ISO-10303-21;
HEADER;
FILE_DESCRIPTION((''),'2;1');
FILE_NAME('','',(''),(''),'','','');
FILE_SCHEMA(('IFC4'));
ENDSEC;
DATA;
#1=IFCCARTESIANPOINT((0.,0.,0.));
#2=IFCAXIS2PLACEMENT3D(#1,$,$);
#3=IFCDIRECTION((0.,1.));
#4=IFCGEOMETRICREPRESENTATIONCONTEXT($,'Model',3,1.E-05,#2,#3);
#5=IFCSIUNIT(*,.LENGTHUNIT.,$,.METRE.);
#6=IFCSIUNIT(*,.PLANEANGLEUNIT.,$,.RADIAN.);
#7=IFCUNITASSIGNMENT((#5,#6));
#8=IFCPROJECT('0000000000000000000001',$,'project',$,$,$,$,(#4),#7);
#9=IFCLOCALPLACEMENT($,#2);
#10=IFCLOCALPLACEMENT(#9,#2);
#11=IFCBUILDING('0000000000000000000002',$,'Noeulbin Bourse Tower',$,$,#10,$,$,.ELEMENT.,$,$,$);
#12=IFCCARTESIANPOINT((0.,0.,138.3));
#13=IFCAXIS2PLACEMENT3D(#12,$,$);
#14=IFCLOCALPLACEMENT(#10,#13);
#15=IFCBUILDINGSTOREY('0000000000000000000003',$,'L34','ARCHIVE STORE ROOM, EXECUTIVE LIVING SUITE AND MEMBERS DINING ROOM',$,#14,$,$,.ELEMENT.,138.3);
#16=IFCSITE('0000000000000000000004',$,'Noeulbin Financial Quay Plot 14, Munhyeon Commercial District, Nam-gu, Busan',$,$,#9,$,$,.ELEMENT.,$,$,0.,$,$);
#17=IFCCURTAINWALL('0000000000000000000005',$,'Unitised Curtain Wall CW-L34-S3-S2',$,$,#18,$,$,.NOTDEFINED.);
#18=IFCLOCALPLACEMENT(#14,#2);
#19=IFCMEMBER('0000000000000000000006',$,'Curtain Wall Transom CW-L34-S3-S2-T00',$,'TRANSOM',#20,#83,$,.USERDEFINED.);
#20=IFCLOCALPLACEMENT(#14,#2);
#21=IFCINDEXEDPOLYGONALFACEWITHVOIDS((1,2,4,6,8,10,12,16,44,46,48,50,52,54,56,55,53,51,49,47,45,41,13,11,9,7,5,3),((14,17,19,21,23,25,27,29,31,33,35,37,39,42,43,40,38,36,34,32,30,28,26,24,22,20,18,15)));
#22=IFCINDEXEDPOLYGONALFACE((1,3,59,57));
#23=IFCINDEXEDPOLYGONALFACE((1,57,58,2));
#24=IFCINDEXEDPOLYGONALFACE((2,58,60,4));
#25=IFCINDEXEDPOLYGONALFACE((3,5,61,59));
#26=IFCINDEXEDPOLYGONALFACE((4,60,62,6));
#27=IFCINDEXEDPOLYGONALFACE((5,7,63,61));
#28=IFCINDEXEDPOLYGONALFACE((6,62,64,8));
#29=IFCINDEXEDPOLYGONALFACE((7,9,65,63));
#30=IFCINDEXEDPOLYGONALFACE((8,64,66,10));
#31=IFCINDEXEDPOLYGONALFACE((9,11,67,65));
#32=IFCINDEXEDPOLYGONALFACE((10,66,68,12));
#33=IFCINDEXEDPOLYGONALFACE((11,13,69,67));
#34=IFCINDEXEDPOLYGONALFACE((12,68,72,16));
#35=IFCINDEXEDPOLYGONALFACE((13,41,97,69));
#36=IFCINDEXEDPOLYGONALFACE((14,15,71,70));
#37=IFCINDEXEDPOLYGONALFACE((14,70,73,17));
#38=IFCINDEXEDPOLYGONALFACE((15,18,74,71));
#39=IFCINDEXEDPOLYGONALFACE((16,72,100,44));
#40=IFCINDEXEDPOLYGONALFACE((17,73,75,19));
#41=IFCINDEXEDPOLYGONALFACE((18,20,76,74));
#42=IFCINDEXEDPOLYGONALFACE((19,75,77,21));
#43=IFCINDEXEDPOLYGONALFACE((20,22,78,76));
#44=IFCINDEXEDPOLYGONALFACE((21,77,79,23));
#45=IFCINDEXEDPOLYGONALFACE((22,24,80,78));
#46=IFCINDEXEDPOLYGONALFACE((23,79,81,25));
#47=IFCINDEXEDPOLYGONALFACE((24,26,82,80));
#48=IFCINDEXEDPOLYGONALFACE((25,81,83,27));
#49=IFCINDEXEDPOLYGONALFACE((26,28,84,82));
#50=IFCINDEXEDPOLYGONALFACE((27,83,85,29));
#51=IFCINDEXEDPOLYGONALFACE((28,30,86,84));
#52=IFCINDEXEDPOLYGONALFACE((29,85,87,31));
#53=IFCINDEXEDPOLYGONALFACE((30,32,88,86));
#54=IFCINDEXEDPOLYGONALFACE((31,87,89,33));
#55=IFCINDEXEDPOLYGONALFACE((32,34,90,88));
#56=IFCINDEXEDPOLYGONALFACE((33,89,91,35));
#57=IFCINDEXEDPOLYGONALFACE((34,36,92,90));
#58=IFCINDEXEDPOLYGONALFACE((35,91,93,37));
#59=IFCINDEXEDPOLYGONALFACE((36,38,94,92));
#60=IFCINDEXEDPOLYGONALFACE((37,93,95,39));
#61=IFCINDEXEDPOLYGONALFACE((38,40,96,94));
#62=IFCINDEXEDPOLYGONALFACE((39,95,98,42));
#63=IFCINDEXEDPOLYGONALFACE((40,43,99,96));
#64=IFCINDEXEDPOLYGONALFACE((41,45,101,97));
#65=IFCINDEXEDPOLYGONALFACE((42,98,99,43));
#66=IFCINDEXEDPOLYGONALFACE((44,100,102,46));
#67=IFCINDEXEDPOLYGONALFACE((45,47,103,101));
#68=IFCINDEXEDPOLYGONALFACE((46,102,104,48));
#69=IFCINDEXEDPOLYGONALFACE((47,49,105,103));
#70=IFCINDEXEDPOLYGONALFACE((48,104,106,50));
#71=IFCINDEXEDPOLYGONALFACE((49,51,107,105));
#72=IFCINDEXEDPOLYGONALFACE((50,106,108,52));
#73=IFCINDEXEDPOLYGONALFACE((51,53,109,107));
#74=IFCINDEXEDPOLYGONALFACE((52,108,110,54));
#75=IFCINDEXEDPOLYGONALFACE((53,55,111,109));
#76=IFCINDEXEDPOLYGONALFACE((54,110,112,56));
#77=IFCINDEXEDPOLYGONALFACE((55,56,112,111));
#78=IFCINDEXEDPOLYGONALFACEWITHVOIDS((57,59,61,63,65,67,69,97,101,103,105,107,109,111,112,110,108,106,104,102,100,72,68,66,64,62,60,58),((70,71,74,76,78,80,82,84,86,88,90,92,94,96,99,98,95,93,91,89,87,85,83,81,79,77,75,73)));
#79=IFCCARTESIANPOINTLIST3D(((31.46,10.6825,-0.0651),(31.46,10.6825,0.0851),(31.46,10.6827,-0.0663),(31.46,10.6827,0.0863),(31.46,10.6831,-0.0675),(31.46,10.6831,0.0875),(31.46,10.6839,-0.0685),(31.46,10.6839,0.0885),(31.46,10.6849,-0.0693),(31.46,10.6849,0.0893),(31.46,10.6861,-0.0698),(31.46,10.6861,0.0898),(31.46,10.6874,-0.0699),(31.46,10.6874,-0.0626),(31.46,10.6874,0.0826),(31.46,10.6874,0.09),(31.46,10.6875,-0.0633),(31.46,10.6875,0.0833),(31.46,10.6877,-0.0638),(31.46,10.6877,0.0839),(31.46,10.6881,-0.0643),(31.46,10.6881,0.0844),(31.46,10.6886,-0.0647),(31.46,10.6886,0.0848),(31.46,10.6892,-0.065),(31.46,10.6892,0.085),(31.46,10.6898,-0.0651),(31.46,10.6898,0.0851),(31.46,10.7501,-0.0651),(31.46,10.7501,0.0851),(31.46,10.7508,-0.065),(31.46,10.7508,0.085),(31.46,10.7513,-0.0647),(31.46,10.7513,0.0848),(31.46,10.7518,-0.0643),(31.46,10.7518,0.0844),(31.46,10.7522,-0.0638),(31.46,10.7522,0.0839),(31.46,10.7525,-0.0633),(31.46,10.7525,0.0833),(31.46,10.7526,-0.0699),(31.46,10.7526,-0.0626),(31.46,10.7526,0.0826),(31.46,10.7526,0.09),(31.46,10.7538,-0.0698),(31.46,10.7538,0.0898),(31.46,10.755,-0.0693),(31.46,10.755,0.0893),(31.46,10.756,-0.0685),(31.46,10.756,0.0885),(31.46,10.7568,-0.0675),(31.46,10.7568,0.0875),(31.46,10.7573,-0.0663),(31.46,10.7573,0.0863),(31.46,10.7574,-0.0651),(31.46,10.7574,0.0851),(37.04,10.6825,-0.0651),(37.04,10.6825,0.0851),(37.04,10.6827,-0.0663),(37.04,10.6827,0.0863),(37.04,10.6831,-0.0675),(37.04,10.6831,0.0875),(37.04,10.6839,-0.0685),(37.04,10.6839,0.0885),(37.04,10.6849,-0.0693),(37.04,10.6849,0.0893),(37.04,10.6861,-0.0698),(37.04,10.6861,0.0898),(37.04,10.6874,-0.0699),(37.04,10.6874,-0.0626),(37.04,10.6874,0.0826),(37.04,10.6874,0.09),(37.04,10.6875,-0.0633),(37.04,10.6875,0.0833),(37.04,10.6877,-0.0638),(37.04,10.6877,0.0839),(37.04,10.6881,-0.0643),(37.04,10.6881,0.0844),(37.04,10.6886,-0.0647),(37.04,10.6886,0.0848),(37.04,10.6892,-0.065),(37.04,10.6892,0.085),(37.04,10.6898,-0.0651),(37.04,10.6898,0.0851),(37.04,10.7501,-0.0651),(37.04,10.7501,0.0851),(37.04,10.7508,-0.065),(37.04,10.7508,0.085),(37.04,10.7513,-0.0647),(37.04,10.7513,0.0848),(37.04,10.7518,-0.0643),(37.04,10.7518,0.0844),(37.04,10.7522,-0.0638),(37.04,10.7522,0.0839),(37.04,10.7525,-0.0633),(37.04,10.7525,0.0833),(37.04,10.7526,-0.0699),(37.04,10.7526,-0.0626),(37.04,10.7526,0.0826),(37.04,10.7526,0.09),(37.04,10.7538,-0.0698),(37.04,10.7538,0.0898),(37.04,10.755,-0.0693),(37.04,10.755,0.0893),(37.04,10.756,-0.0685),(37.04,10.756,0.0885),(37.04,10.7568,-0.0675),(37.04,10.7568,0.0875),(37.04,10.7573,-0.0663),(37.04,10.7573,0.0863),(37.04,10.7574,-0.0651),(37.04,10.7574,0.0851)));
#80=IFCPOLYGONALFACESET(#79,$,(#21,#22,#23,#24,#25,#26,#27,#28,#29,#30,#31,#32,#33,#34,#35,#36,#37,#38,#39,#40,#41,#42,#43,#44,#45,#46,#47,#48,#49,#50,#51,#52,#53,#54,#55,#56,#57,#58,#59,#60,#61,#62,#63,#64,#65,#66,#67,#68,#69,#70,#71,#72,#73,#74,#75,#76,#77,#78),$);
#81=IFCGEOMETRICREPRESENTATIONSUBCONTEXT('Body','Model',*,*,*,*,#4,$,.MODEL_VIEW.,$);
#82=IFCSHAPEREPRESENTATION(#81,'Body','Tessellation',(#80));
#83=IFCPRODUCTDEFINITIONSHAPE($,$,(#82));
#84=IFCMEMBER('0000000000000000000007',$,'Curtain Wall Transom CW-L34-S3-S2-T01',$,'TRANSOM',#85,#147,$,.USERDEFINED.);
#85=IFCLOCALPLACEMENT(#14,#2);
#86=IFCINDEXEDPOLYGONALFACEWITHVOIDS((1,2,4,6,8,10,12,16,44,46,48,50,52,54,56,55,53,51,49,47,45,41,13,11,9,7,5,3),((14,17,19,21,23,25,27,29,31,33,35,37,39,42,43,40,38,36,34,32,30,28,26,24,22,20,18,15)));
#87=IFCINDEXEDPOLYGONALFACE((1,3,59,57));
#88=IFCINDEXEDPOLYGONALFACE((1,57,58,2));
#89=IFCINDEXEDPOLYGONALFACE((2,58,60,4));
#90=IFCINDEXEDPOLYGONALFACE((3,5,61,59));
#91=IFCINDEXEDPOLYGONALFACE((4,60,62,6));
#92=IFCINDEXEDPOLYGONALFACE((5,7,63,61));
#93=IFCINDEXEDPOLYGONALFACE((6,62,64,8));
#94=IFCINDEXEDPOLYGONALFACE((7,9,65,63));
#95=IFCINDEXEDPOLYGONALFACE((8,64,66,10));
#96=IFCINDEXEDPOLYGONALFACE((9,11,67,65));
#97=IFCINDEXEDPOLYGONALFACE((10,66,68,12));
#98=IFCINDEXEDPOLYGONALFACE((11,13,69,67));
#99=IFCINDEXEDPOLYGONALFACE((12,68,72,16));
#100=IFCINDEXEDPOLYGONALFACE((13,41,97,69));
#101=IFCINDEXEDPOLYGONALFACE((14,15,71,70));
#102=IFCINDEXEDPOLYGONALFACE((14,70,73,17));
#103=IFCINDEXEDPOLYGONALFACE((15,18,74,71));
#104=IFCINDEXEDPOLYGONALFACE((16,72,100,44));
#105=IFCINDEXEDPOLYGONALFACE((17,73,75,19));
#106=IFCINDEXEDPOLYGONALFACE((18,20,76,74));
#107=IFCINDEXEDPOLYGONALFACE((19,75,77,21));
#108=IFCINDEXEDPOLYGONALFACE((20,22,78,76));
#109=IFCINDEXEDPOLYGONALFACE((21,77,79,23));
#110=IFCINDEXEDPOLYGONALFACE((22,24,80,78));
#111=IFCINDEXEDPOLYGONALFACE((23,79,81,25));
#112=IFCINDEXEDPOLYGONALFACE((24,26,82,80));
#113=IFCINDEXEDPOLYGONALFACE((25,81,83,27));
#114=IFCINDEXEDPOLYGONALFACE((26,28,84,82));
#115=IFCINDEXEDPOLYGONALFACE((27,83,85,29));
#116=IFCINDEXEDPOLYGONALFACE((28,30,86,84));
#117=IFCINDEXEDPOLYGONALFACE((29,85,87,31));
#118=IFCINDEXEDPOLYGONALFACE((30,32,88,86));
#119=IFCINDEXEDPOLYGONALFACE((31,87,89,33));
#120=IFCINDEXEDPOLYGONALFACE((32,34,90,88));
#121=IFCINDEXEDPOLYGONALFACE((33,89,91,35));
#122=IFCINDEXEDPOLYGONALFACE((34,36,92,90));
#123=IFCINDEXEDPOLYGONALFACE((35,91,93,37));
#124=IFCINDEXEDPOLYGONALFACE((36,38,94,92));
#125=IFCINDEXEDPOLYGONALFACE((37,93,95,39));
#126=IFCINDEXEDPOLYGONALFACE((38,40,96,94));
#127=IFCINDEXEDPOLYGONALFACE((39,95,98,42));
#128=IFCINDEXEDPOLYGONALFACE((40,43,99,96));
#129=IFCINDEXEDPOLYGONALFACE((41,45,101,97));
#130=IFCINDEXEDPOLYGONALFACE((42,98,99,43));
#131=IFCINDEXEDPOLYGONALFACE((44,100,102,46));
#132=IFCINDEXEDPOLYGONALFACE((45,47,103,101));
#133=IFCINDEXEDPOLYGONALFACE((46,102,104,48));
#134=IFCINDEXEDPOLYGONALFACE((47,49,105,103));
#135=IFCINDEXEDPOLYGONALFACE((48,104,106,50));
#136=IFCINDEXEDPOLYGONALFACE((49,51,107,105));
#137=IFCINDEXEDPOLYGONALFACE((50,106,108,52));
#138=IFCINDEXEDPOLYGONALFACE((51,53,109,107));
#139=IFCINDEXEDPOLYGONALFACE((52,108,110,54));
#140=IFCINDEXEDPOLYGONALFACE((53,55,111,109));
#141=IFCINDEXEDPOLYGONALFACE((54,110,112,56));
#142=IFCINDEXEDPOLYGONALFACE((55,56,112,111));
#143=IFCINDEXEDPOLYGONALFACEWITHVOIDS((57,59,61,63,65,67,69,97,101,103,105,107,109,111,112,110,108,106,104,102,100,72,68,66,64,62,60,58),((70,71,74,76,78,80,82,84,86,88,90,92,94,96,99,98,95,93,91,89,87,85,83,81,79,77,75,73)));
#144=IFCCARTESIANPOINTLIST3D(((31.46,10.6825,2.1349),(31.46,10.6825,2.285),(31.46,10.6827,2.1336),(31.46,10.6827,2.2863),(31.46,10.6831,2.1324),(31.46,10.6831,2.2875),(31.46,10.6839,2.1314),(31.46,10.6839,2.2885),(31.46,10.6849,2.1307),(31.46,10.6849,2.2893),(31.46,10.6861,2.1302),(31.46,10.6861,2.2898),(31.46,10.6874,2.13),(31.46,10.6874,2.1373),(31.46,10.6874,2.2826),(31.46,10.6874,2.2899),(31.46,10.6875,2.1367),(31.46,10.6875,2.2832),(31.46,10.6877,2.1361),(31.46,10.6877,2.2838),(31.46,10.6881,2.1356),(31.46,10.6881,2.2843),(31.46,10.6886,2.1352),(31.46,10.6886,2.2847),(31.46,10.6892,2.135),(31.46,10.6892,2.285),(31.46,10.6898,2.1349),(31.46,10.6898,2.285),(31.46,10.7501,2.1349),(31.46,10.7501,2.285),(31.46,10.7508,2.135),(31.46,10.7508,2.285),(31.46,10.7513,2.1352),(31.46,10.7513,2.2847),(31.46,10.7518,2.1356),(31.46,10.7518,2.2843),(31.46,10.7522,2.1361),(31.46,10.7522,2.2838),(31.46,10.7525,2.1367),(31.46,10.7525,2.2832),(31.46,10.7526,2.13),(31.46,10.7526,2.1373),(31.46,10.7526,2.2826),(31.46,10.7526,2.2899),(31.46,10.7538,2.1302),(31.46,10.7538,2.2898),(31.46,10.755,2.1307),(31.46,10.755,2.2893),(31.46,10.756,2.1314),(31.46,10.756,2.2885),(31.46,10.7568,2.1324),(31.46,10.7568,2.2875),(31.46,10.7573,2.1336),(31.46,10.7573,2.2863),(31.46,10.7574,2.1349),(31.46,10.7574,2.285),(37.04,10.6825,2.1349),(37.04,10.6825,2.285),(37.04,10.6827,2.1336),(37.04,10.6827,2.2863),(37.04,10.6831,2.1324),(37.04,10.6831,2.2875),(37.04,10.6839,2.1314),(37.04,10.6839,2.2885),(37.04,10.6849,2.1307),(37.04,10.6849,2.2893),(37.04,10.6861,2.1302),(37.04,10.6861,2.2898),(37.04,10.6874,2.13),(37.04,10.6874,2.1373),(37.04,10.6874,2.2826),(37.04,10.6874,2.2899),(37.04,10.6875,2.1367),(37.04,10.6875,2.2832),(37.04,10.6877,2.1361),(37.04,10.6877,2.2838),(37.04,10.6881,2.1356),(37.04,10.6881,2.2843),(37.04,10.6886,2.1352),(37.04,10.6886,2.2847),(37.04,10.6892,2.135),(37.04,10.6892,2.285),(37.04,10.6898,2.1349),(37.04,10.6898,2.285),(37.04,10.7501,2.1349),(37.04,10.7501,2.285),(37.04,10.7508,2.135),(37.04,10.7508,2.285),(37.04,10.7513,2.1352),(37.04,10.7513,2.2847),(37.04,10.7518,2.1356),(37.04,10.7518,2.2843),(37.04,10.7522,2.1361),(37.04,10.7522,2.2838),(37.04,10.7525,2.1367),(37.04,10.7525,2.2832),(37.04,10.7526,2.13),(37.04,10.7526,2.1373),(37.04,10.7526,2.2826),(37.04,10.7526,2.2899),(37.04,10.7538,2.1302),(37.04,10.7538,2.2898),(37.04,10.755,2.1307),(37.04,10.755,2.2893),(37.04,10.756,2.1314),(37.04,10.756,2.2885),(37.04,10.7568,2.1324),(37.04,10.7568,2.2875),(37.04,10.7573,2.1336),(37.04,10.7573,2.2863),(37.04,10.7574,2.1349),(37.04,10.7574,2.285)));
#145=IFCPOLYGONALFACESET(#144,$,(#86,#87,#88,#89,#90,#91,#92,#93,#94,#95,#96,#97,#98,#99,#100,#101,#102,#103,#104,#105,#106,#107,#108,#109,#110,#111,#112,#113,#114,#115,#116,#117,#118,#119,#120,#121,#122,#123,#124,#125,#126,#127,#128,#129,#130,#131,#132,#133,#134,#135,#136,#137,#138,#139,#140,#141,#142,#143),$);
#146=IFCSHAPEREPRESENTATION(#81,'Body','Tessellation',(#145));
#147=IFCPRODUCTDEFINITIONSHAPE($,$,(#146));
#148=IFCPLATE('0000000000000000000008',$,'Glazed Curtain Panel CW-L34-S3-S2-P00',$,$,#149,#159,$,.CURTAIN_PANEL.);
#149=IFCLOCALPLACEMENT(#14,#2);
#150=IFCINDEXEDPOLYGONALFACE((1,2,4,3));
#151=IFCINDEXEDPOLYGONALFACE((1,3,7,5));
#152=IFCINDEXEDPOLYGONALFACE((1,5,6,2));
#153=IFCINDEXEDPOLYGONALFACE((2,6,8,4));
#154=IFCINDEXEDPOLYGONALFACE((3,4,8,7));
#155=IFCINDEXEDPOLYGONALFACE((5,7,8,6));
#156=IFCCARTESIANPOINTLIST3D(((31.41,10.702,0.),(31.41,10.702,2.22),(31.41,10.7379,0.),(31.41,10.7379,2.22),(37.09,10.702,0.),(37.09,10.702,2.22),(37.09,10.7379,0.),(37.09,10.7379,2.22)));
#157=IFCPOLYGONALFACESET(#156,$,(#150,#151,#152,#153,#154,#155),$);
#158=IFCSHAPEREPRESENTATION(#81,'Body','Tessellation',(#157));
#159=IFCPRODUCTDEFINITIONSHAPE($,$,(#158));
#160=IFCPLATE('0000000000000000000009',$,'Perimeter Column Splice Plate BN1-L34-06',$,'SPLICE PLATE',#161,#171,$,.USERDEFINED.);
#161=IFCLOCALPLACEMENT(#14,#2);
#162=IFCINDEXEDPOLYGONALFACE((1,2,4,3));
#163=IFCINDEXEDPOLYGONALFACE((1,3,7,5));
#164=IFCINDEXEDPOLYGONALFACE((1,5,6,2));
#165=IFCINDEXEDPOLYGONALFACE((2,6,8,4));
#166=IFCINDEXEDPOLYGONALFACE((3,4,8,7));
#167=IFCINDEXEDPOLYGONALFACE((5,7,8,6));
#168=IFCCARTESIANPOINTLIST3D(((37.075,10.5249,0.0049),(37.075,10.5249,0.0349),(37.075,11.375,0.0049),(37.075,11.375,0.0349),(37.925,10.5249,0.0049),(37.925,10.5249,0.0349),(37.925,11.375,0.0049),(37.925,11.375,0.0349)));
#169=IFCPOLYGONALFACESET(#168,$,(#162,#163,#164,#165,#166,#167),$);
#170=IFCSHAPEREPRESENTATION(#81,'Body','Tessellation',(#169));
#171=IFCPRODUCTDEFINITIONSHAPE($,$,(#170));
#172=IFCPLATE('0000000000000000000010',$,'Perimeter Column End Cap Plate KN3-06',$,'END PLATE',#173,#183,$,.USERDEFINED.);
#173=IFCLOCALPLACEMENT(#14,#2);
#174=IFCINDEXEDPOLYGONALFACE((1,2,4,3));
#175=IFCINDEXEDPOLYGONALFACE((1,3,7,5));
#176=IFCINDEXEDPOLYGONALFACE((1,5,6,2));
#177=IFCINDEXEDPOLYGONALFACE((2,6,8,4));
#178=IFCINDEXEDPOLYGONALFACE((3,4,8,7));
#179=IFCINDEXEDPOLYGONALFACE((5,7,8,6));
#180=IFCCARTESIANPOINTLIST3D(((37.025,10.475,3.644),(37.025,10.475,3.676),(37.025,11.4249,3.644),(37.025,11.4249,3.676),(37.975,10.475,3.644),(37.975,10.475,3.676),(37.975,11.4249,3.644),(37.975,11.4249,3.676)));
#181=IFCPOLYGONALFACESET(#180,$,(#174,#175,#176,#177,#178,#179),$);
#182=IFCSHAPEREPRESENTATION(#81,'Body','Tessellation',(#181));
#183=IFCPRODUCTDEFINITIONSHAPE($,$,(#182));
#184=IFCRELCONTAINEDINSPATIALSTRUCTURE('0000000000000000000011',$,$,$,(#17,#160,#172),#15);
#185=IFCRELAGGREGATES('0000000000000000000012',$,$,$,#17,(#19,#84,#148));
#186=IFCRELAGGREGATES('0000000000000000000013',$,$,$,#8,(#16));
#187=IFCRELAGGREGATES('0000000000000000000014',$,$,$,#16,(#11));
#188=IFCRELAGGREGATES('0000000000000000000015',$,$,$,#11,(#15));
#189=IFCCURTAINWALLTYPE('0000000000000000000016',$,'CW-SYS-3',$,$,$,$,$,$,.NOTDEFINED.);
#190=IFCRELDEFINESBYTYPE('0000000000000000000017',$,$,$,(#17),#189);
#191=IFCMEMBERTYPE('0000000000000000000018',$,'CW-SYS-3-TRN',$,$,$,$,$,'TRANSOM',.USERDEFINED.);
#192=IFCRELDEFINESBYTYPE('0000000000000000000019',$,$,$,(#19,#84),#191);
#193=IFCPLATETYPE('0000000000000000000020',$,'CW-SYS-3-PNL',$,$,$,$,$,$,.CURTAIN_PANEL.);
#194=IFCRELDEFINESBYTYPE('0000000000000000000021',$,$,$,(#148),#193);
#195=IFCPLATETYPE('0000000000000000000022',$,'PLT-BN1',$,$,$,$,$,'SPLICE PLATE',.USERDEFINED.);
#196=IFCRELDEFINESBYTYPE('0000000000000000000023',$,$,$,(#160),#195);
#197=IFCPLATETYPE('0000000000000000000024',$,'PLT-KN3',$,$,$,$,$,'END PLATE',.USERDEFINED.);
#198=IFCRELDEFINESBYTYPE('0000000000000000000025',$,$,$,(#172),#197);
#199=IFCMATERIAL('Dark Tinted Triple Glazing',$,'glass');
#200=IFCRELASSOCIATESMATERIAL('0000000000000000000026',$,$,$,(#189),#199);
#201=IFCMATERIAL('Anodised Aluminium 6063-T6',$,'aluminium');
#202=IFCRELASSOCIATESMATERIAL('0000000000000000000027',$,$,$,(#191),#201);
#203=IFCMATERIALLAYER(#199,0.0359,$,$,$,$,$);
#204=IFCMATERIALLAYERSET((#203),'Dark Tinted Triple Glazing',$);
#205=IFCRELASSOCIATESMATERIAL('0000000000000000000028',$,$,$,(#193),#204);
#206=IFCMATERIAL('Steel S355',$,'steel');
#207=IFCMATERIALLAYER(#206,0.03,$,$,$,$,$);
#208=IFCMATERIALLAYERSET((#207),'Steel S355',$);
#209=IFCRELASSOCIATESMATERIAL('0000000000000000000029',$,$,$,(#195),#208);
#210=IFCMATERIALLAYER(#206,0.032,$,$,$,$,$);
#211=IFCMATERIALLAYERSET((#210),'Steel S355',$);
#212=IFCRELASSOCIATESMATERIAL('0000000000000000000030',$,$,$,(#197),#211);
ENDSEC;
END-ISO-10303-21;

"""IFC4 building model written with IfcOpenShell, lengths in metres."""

from ifc_helpers import new_model, si_unit, direction, frame, origin, origin_2d, place, context, subcontext, project, spatial, rectangle, hollow_rectangle, extrude, material, layer, layer_set, material_profile, profile_set, type_object, element, aggregate, save


model = new_model("IFC4")

# Units and contexts
model_context = context("Model", 3, precision=1e-05, world=origin(), true_north=direction((0.0, 1.0)))
body_context = subcontext(model_context, "Body", "Model", "MODEL_VIEW")
ifc_project = project(units=[si_unit("LENGTHUNIT", "METRE"), si_unit("PLANEANGLEUNIT", "RADIAN")], contexts=[model_context])

# Site, building, storey
site_placement = place(None, origin())
site = spatial("IfcSite", under=ifc_project, at=site_placement, Name="Noeulbin Financial Quay Plot 14, Munhyeon Commercial District, Nam-gu, Busan", CompositionType="ELEMENT", RefElevation=0.0)
building_placement = place(site_placement, origin())
building = spatial("IfcBuilding", under=site, at=building_placement, Name="Noeulbin Bourse Tower", CompositionType="ELEMENT")
storey_placement = place(building_placement, frame((0.0, 0.0, 138.3)))
storey = spatial("IfcBuildingStorey", under=building, at=storey_placement, Name="L34", Description="ARCHIVE STORE ROOM, EXECUTIVE LIVING SUITE AND MEMBERS DINING ROOM", CompositionType="ELEMENT", Elevation=138.3)

# Shared definitions
ifc_material_1 = material(Name="Steel S355", Category="steel")

# Curtain wall, members, plate
ifc_material_2 = material(Name="Dark Tinted Triple Glazing", Category="glass")
curtain_wall_type = type_object("IfcCurtainWallType", Name="CW-SYS-3", PredefinedType="NOTDEFINED", material=ifc_material_2)
curtain_wall_placement = place(storey_placement, origin())
curtain_wall = element("IfcCurtainWall", 1, at=curtain_wall_placement, inside=storey, type_object=curtain_wall_type, Name="Unitised Curtain Wall CW-L34-S3-S2", PredefinedType="NOTDEFINED")
ifc_material_3 = material(Name="Anodised Aluminium 6063-T6", Category="aluminium")
ifc_material_profile_1 = material_profile(ifc_material_3, hollow_rectangle(XDim=0.075, YDim=0.1599, WallThickness=0.0049, InnerFilletRadius=0.0024, OuterFilletRadius=0.0049, at=origin_2d()), Name="ALU-TRAN-75x160x5", Category="LoadBearing")
ifc_profile_set_1 = profile_set([ifc_material_profile_1], Name="Anodised Aluminium 6063-T6")
member_type_1 = type_object("IfcMemberType", Name="CW-SYS-3-TRN", ElementType="TRANSOM", PredefinedType="USERDEFINED", material=ifc_profile_set_1)
member_1_placement = place(storey_placement, frame((31.46, 10.72, 0.01), z_axis=(1.0, 0.0, 0.0), x_axis=(0.0, 1.0, 0.0)))
member_1 = element("IfcMember", 2, at=member_1_placement, type_object=member_type_1, Name="Curtain Wall Transom CW-L34-S3-S2-T00", ObjectType="TRANSOM", PredefinedType="USERDEFINED", context=body_context, shape_type="SweptSolid", body=[
    extrude(hollow_rectangle(XDim=0.075, YDim=0.1599, WallThickness=0.0049, InnerFilletRadius=0.0024, OuterFilletRadius=0.0049, at=origin_2d()), origin(), (0.0, 0.0, 1.0), 5.5801),
])
member_2_placement = place(storey_placement, frame((31.46, 10.72, 2.21), z_axis=(1.0, 0.0, 0.0), x_axis=(0.0, 1.0, 0.0)))
member_2 = element("IfcMember", 3, at=member_2_placement, type_object=member_type_1, Name="Curtain Wall Transom CW-L34-S3-S2-T01", ObjectType="TRANSOM", PredefinedType="USERDEFINED", context=body_context, shape_type="SweptSolid", body=[
    extrude(hollow_rectangle(XDim=0.075, YDim=0.1599, WallThickness=0.0049, InnerFilletRadius=0.0024, OuterFilletRadius=0.0049, at=origin_2d()), origin(), (0.0, 0.0, 1.0), 5.5801),
])
ifc_layer_1 = layer(ifc_material_2, 0.0359)
ifc_layer_set_1 = layer_set([ifc_layer_1], Name="Dark Tinted Triple Glazing")
plate_type_1 = type_object("IfcPlateType", Name="CW-SYS-3-PNL", PredefinedType="CURTAIN_PANEL", material=ifc_layer_set_1)
plate_1_placement = place(storey_placement, frame((34.25, 10.72, 0.0), z_axis=(0.0, 0.0, 1.0), x_axis=(1.0, 0.0, 0.0)))
plate_1 = element("IfcPlate", 4, at=plate_1_placement, type_object=plate_type_1, Name="Glazed Curtain Panel CW-L34-S3-S2-P00", PredefinedType="CURTAIN_PANEL", context=body_context, shape_type="SweptSolid", body=[
    extrude(rectangle(XDim=5.6799, YDim=0.0359, at=origin_2d()), origin(), (0.0, 0.0, 1.0), 2.22),
])
aggregate(curtain_wall, [member_1, member_2, plate_1])

# Plates
ifc_layer_2 = layer(ifc_material_1, 0.03)
ifc_layer_set_2 = layer_set([ifc_layer_2], Name="Steel S355")
plate_type_2 = type_object("IfcPlateType", Name="PLT-BN1", ElementType="SPLICE PLATE", PredefinedType="USERDEFINED", material=ifc_layer_set_2)
plate_2_placement = place(storey_placement, frame((37.5, 10.95, 0.0049), z_axis=(0.0, 0.0, 1.0), x_axis=(1.0, 0.0, 0.0)))
element("IfcPlate", 5, at=plate_2_placement, inside=storey, type_object=plate_type_2, Name="Perimeter Column Splice Plate BN1-L34-06", ObjectType="SPLICE PLATE", PredefinedType="USERDEFINED", context=body_context, shape_type="SweptSolid", body=[
    extrude(rectangle(XDim=0.8501, YDim=0.8501, at=origin_2d()), origin(), (0.0, 0.0, 1.0), 0.03),
])
ifc_layer_3 = layer(ifc_material_1, 0.032)
ifc_layer_set_3 = layer_set([ifc_layer_3], Name="Steel S355")
plate_type_3 = type_object("IfcPlateType", Name="PLT-KN3", ElementType="END PLATE", PredefinedType="USERDEFINED", material=ifc_layer_set_3)
plate_3_placement = place(storey_placement, frame((37.5, 10.95, 3.644), z_axis=(0.0, 0.0, 1.0), x_axis=(1.0, 0.0, 0.0)))
element("IfcPlate", 6, at=plate_3_placement, inside=storey, type_object=plate_type_3, Name="Perimeter Column End Cap Plate KN3-06", ObjectType="END PLATE", PredefinedType="USERDEFINED", context=body_context, shape_type="SweptSolid", body=[
    extrude(rectangle(XDim=0.95, YDim=0.95, at=origin_2d()), origin(), (0.0, 0.0, 1.0), 0.032),
])

save(model, "model.ifc")
